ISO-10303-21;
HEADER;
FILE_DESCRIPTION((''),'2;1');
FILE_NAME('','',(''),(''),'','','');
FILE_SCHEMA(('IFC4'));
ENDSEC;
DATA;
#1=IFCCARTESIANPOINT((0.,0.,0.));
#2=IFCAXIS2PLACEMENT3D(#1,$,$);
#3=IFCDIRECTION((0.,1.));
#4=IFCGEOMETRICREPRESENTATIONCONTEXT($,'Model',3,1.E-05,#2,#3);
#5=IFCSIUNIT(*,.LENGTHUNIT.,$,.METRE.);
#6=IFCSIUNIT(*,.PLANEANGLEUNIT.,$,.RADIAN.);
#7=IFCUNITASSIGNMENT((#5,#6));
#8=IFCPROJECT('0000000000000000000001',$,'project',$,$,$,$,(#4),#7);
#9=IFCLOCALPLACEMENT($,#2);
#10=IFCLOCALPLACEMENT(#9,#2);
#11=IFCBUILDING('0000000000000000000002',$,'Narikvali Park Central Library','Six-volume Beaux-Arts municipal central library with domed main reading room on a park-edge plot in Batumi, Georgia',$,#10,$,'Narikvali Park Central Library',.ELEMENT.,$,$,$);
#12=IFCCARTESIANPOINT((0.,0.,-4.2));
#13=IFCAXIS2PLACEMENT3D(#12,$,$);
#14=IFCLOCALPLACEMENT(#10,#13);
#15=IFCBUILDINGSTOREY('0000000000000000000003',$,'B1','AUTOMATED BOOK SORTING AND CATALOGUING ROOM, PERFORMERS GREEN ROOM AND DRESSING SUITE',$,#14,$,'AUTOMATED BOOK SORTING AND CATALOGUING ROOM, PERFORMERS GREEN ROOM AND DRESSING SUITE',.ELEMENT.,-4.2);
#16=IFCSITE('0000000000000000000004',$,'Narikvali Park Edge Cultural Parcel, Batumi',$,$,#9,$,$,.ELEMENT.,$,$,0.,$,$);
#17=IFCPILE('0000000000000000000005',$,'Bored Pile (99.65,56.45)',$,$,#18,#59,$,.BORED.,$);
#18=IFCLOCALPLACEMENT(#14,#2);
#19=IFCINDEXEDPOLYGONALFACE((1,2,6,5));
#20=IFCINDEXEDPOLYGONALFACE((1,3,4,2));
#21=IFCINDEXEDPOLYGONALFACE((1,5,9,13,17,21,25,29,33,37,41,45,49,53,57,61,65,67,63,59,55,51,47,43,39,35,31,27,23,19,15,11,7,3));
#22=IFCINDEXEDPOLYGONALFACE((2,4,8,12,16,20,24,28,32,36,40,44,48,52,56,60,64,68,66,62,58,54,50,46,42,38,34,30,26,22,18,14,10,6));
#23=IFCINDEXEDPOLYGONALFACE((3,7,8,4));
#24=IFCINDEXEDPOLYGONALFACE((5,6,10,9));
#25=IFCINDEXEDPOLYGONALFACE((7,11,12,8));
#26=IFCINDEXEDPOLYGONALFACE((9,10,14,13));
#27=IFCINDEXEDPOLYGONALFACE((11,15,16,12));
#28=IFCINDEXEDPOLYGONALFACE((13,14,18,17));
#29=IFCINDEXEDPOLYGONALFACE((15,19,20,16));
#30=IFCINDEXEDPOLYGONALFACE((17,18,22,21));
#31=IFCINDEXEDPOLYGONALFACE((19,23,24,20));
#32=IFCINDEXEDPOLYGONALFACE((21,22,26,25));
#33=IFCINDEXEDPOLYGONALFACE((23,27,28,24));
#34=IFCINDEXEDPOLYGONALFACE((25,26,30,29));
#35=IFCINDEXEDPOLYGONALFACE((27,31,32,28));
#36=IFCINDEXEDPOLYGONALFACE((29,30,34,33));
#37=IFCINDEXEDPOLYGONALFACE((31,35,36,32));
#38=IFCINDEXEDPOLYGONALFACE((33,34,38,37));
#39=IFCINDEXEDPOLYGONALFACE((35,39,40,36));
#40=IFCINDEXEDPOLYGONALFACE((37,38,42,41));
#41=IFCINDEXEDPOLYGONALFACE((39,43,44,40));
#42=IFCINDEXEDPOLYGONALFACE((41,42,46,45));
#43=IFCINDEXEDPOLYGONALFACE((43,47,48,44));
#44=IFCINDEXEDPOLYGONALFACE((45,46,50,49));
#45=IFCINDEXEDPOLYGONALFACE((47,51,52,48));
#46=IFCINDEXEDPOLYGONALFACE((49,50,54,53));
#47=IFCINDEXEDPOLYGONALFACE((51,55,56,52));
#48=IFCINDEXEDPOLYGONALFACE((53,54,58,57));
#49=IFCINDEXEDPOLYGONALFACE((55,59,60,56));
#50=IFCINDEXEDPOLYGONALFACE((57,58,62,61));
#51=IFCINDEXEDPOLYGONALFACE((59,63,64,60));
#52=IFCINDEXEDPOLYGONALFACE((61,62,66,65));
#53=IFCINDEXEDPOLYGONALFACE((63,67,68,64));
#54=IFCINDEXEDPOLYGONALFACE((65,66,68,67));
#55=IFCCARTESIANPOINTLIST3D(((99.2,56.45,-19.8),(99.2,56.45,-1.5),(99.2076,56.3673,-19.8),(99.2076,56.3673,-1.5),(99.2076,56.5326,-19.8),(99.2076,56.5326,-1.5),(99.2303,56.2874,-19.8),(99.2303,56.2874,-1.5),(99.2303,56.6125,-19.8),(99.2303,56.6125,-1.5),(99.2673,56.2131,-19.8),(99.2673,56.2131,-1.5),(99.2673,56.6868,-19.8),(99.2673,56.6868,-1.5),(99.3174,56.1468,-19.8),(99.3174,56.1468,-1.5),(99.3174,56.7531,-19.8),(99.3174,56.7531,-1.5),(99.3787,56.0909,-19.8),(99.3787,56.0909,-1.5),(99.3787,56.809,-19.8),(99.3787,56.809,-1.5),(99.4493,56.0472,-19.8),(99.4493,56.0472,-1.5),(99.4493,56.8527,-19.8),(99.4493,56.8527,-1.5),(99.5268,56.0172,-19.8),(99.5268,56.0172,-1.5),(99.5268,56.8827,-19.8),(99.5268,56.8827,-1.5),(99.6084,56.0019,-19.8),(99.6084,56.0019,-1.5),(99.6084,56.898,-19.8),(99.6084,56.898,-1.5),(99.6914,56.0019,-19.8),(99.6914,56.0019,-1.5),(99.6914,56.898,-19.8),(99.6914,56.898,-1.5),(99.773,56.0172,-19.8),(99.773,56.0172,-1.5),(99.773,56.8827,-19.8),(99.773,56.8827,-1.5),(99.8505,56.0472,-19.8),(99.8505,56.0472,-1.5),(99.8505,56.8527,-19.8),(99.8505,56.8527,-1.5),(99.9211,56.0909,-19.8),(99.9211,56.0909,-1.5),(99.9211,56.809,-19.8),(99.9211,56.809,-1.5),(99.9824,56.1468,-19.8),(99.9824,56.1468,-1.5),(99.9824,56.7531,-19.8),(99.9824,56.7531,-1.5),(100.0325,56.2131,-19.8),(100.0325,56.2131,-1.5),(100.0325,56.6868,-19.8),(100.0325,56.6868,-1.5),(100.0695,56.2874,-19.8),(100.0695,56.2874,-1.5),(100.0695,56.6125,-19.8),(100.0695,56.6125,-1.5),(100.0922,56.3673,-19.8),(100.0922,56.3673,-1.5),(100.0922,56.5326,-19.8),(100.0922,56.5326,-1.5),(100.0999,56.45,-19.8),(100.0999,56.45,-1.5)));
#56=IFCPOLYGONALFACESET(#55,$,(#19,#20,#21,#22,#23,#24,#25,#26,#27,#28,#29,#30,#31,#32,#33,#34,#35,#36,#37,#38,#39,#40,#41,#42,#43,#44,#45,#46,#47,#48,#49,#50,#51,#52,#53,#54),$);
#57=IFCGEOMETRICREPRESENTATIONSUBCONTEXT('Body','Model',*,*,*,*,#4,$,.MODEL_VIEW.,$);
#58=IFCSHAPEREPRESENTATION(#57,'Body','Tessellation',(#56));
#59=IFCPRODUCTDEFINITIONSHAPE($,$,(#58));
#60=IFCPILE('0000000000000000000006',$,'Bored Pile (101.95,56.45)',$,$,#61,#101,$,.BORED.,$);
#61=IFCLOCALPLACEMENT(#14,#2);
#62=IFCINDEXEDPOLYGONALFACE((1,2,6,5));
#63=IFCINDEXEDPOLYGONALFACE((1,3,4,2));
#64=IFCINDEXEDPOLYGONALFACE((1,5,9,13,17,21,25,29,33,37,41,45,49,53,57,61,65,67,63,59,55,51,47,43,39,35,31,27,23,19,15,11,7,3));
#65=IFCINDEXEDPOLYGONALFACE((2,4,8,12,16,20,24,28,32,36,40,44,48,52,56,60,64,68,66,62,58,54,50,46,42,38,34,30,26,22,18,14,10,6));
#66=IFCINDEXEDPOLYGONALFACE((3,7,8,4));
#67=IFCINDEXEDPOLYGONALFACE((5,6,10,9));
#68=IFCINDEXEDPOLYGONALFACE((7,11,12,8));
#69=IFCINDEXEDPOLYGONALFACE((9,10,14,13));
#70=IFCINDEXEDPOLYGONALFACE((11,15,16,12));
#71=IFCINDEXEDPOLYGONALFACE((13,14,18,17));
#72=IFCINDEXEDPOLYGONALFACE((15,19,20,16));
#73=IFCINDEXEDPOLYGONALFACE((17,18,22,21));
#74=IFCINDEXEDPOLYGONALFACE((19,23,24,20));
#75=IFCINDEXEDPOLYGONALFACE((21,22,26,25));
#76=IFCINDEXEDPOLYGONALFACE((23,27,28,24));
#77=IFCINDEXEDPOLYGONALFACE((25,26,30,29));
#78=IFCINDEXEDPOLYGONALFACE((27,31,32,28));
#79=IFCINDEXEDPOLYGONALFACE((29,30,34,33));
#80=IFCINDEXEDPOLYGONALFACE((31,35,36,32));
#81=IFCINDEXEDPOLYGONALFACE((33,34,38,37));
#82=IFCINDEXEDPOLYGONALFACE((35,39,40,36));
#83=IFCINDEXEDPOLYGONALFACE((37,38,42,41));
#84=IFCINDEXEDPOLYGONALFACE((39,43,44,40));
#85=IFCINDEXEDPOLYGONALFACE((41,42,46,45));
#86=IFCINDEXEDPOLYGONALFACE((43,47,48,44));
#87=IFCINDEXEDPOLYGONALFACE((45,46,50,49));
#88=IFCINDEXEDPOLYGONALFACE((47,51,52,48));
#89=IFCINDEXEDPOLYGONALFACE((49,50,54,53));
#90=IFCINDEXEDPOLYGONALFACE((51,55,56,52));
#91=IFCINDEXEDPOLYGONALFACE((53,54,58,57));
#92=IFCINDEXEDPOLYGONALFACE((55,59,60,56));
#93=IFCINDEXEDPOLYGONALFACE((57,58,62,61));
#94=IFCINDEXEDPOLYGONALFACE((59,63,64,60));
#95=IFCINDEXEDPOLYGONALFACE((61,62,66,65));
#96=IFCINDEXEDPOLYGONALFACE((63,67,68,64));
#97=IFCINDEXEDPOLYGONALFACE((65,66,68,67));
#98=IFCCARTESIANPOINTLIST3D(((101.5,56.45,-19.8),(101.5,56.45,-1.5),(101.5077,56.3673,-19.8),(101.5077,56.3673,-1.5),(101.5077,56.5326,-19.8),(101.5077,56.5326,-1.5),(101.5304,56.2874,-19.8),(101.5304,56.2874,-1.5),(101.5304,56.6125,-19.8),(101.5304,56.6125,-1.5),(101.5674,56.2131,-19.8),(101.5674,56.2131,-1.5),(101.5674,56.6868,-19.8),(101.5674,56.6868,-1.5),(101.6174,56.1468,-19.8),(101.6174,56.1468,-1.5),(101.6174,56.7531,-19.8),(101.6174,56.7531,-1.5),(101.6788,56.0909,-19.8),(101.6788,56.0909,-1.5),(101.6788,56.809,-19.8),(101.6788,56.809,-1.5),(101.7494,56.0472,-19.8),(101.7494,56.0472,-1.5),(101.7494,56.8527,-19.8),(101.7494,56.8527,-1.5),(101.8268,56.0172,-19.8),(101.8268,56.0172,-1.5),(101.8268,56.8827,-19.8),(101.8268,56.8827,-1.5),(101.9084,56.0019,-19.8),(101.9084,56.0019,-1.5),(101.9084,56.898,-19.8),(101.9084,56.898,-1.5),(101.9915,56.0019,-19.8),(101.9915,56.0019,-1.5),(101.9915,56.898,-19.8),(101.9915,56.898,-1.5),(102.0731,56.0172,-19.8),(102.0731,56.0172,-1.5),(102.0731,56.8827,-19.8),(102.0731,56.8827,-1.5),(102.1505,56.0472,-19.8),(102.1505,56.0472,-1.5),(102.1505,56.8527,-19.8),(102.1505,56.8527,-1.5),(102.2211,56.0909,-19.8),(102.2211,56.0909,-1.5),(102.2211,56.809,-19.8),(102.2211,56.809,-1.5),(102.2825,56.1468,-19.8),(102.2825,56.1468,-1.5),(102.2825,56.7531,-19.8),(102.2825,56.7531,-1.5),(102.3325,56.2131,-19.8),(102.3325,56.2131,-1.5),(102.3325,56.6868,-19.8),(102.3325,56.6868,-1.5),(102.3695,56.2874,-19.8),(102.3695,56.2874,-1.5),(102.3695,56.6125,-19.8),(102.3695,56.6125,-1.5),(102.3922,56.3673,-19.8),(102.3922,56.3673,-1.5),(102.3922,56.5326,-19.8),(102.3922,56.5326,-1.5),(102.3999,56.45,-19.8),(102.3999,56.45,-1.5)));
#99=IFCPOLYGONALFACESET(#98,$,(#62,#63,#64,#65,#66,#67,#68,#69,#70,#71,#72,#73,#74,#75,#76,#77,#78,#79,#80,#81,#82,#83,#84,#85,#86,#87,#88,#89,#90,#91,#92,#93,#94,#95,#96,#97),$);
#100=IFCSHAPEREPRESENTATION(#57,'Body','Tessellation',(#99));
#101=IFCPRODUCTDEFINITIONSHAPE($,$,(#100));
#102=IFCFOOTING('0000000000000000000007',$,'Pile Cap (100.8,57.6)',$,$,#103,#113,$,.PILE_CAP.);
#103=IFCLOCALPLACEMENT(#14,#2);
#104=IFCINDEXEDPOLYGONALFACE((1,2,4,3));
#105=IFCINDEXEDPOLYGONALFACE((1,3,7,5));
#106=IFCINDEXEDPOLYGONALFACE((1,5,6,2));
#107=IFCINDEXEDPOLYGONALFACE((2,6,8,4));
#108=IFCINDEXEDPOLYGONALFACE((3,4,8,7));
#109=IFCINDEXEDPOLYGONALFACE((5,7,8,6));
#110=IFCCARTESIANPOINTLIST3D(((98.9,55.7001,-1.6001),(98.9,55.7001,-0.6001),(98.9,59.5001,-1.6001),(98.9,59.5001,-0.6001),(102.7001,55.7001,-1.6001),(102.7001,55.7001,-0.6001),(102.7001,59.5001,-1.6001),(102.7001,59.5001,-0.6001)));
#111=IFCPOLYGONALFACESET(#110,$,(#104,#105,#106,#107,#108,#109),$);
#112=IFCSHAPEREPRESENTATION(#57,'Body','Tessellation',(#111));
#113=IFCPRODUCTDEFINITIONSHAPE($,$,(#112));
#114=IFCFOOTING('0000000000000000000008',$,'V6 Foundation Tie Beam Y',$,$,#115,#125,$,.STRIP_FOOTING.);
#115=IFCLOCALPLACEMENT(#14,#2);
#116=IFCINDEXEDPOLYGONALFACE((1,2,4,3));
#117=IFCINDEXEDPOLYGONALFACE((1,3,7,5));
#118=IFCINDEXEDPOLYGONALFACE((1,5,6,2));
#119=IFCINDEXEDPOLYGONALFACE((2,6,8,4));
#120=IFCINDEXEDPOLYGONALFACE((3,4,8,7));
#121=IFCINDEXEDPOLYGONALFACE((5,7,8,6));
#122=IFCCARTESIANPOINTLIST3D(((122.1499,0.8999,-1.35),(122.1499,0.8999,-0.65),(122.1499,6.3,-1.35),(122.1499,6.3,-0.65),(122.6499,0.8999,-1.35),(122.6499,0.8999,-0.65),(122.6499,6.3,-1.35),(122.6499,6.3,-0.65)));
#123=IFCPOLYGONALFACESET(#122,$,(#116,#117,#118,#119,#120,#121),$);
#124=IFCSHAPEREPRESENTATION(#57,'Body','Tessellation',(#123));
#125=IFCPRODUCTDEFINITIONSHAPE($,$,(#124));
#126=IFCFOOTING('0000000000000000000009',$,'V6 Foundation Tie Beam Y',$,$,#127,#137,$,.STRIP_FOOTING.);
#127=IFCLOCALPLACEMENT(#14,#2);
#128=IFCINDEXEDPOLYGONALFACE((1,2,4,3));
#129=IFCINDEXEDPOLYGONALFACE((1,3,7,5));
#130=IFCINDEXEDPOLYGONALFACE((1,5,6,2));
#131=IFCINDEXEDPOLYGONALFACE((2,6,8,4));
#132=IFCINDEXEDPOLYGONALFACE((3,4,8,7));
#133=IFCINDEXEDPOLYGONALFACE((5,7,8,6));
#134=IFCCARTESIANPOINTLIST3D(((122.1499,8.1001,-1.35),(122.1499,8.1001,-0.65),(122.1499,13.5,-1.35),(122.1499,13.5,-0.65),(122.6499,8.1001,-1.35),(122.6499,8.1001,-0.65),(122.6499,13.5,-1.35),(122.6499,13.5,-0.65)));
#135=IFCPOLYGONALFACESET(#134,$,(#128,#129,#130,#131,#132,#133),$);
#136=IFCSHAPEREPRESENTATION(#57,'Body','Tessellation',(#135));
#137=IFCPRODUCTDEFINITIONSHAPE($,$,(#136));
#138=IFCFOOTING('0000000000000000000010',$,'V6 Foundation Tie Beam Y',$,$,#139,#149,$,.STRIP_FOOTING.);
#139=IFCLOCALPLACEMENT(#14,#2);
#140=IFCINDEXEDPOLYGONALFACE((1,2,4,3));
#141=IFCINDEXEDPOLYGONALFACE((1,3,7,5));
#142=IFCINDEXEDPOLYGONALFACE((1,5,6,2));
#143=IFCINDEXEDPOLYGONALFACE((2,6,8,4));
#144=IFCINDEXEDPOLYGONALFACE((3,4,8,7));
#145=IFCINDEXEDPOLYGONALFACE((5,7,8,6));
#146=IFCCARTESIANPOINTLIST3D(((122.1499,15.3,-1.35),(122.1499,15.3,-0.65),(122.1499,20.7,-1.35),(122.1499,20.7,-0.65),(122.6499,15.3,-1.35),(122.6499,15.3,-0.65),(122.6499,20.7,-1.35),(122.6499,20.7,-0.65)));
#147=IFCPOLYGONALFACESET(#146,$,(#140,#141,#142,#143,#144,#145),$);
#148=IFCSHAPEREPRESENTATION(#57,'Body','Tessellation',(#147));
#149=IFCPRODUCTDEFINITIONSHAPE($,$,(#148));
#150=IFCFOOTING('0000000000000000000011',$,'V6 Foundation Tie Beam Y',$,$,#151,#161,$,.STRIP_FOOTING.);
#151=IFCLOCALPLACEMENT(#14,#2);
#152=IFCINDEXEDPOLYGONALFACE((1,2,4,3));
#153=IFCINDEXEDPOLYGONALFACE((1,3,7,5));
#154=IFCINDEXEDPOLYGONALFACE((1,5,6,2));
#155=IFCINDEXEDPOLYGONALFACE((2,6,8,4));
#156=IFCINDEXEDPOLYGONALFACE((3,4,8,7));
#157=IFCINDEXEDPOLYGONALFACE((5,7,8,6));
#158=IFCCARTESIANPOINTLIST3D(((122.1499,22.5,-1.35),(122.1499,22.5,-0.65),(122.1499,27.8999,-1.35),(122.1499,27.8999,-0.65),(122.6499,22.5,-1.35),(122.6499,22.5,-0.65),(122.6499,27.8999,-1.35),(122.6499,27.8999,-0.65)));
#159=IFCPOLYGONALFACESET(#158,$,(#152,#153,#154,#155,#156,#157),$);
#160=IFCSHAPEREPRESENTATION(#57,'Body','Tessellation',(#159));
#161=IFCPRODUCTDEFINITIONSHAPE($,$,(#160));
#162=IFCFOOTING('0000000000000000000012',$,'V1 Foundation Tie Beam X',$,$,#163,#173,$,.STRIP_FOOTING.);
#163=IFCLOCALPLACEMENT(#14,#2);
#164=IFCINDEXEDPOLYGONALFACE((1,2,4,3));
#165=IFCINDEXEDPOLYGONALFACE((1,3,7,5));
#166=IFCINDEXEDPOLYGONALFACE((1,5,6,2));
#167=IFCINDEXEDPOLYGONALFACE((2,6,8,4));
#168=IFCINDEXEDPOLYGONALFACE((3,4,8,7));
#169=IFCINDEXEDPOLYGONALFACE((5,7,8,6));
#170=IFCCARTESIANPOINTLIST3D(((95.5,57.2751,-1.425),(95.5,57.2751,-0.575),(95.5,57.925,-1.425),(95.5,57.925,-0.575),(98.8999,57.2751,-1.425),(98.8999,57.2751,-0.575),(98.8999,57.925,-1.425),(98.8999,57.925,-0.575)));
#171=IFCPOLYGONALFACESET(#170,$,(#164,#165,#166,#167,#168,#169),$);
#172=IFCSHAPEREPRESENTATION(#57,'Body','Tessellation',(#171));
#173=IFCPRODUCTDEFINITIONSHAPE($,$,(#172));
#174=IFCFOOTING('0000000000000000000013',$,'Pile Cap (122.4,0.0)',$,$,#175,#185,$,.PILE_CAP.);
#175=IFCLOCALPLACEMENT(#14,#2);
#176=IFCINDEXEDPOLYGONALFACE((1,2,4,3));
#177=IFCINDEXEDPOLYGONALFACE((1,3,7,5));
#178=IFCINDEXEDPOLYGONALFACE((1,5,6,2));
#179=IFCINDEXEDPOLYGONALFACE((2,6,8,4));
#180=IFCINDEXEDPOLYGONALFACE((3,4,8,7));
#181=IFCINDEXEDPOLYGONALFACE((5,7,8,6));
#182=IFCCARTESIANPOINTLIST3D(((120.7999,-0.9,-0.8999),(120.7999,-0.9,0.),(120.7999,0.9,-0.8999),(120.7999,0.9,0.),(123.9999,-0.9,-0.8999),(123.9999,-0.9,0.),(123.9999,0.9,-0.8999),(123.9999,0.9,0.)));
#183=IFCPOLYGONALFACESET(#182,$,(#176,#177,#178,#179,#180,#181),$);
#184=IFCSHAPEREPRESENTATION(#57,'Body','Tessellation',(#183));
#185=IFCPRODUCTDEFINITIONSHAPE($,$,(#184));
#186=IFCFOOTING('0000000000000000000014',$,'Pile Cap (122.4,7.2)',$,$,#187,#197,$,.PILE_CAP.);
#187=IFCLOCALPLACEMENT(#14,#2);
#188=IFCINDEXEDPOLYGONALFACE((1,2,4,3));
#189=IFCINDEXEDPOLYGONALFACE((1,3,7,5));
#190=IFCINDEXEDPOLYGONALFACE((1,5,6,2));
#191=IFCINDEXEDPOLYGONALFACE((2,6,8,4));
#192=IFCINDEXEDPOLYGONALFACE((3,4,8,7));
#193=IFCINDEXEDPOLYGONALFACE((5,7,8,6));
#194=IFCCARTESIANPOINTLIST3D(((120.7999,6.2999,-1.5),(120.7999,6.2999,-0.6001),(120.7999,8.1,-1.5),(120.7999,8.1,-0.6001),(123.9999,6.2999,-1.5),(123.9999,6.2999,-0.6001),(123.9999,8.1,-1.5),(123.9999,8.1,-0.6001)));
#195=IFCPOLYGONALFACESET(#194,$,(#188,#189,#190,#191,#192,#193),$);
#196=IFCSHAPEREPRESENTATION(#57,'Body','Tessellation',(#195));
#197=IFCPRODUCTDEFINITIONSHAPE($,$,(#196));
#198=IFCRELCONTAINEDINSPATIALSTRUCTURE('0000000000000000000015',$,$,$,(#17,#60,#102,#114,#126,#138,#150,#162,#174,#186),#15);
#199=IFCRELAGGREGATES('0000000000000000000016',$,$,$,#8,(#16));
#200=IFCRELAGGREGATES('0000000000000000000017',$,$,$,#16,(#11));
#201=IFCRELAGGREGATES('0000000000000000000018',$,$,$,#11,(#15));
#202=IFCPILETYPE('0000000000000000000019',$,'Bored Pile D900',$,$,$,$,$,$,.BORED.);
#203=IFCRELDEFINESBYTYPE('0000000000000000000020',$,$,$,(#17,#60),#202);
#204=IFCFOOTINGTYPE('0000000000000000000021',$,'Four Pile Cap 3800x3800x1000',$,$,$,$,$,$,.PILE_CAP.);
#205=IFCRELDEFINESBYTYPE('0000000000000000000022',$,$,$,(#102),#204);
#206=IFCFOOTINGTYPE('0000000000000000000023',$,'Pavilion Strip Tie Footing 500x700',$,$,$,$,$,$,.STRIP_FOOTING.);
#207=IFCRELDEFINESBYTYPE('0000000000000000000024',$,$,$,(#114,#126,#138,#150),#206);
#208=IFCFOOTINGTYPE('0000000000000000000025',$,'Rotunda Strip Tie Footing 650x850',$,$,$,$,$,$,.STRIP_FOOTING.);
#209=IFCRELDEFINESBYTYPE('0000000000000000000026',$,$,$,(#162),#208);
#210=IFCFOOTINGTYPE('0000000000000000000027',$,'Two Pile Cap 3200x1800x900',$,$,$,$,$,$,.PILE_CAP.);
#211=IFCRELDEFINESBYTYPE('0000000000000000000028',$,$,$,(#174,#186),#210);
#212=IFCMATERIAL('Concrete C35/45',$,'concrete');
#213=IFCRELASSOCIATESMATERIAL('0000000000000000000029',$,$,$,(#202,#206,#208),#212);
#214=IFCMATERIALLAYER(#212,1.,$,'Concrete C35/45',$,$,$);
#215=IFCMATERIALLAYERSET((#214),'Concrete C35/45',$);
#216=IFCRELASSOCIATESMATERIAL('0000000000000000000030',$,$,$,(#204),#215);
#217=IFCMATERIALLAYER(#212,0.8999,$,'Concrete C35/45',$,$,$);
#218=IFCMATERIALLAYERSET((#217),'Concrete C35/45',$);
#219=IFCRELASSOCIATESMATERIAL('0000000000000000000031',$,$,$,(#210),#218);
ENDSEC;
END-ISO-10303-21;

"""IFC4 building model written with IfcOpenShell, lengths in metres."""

from ifc_helpers import new_model, si_unit, direction, frame, origin, origin_2d, place, context, subcontext, project, spatial, rectangle, circle, extrude, material, layer, layer_set, material_profile, profile_set, type_object, element, save


model = new_model("IFC4")

# Units and contexts
model_context = context("Model", 3, precision=1e-05, world=origin(), true_north=direction((0.0, 1.0)))
body_context = subcontext(model_context, "Body", "Model", "MODEL_VIEW")
ifc_project = project(units=[si_unit("LENGTHUNIT", "METRE"), si_unit("PLANEANGLEUNIT", "RADIAN")], contexts=[model_context])

# Site, building, storey
site_placement = place(None, origin())
site = spatial("IfcSite", under=ifc_project, at=site_placement, Name="Narikvali Park Edge Cultural Parcel, Batumi", CompositionType="ELEMENT", RefElevation=0.0)
building_placement = place(site_placement, origin())
building = spatial("IfcBuilding", under=site, at=building_placement, Name="Narikvali Park Central Library", Description="Six-volume Beaux-Arts municipal central library with domed main reading room on a park-edge plot in Batumi, Georgia", LongName="Narikvali Park Central Library", CompositionType="ELEMENT")
storey_placement = place(building_placement, frame((0.0, 0.0, -4.2)))
storey = spatial("IfcBuildingStorey", under=building, at=storey_placement, Name="B1", Description="AUTOMATED BOOK SORTING AND CATALOGUING ROOM, PERFORMERS GREEN ROOM AND DRESSING SUITE", LongName="AUTOMATED BOOK SORTING AND CATALOGUING ROOM, PERFORMERS GREEN ROOM AND DRESSING SUITE", CompositionType="ELEMENT", Elevation=-4.2)

# Piles
ifc_material_1 = material(Name="Concrete C35/45", Category="concrete")
ifc_material_profile_1 = material_profile(ifc_material_1, circle(Radius=0.45, at=origin_2d()), Name="PILE D900")
ifc_profile_set_1 = profile_set([ifc_material_profile_1], Name="Concrete C35/45")
pile_type_1 = type_object("IfcPileType", Name="Bored Pile D900", PredefinedType="BORED", material=ifc_profile_set_1)
for number, where, z_axis, x_axis, name in (
    (1, (99.6499, 56.45, -1.5), (0.0, 0.0, -1.0), (1.0, 0.0, 0.0), "Bored Pile (99.65,56.45)"),
    (2, (101.95, 56.45, -1.5), (0.0, 0.0, -1.0), (1.0, 0.0, 0.0), "Bored Pile (101.95,56.45)"),
):
    element("IfcPile", number, at=place(storey_placement, frame(where, z_axis=z_axis, x_axis=x_axis)), inside=storey, type_object=pile_type_1, Name=name, PredefinedType="BORED", context=body_context, shape_type="SweptSolid", body=[
        extrude(circle(Radius=0.45, at=origin_2d()), origin(), (0.0, 0.0, 1.0), 18.3),
    ])

# Footings
ifc_layer_1 = layer(ifc_material_1, 1.0, Name="Concrete C35/45")
ifc_layer_set_1 = layer_set([ifc_layer_1], Name="Concrete C35/45")
footing_type_1 = type_object("IfcFootingType", Name="Four Pile Cap 3800x3800x1000", PredefinedType="PILE_CAP", material=ifc_layer_set_1)
footing_1_placement = place(storey_placement, frame((100.8, 57.6001, -1.6001), z_axis=(0.0, 0.0, 1.0), x_axis=(1.0, 0.0, 0.0)))
element("IfcFooting", 3, at=footing_1_placement, inside=storey, type_object=footing_type_1, Name="Pile Cap (100.8,57.6)", PredefinedType="PILE_CAP", context=body_context, shape_type="SweptSolid", body=[
    extrude(rectangle(XDim=3.8, YDim=3.8, at=origin_2d()), origin(), (0.0, 0.0, 1.0), 1.0),
])
ifc_material_profile_2 = material_profile(ifc_material_1, rectangle(XDim=0.5, YDim=0.7, at=origin_2d()), Name="RC GB 500x700")
ifc_profile_set_2 = profile_set([ifc_material_profile_2], Name="Concrete C35/45")
footing_type_2 = type_object("IfcFootingType", Name="Pavilion Strip Tie Footing 500x700", PredefinedType="STRIP_FOOTING", material=ifc_profile_set_2)
footing_2_placement = place(storey_placement, frame((122.3999, 0.8999, -1.0), z_axis=(0.0, 1.0, 0.0), x_axis=(-1.0, 0.0, 0.0)))
element("IfcFooting", 4, at=footing_2_placement, inside=storey, type_object=footing_type_2, Name="V6 Foundation Tie Beam Y", PredefinedType="STRIP_FOOTING", context=body_context, shape_type="SweptSolid", body=[
    extrude(rectangle(XDim=0.5, YDim=0.7, at=origin_2d()), origin(), (0.0, 0.0, 1.0), 5.4001),
])
for number, where, z_axis, x_axis, name in (
    (5, (122.3999, 8.1001, -1.0), (0.0, 1.0, 0.0), (-1.0, 0.0, 0.0), "V6 Foundation Tie Beam Y"),
    (6, (122.3999, 15.3, -1.0), (0.0, 1.0, 0.0), (-1.0, 0.0, 0.0), "V6 Foundation Tie Beam Y"),
    (7, (122.3999, 22.5, -1.0), (0.0, 1.0, 0.0), (-1.0, 0.0, 0.0), "V6 Foundation Tie Beam Y"),
):
    element("IfcFooting", number, at=place(storey_placement, frame(where, z_axis=z_axis, x_axis=x_axis)), inside=storey, type_object=footing_type_2, Name=name, PredefinedType="STRIP_FOOTING", context=body_context, shape_type="SweptSolid", body=[
        extrude(rectangle(XDim=0.5, YDim=0.7, at=origin_2d()), origin(), (0.0, 0.0, 1.0), 5.3999),
    ])
ifc_material_profile_3 = material_profile(ifc_material_1, rectangle(XDim=0.6499, YDim=0.8501, at=origin_2d()), Name="RC GB 650x850")
ifc_profile_set_3 = profile_set([ifc_material_profile_3], Name="Concrete C35/45")
footing_type_3 = type_object("IfcFootingType", Name="Rotunda Strip Tie Footing 650x850", PredefinedType="STRIP_FOOTING", material=ifc_profile_set_3)
footing_3_placement = place(storey_placement, frame((95.5, 57.6001, -1.0), z_axis=(1.0, 0.0, 0.0), x_axis=(0.0, 1.0, 0.0)))
element("IfcFooting", 8, at=footing_3_placement, inside=storey, type_object=footing_type_3, Name="V1 Foundation Tie Beam X", PredefinedType="STRIP_FOOTING", context=body_context, shape_type="SweptSolid", body=[
    extrude(rectangle(XDim=0.6499, YDim=0.8501, at=origin_2d()), origin(), (0.0, 0.0, 1.0), 3.3999),
])
ifc_layer_2 = layer(ifc_material_1, 0.8999, Name="Concrete C35/45")
ifc_layer_set_2 = layer_set([ifc_layer_2], Name="Concrete C35/45")
footing_type_4 = type_object("IfcFootingType", Name="Two Pile Cap 3200x1800x900", PredefinedType="PILE_CAP", material=ifc_layer_set_2)
for number, where, z_axis, x_axis, name in (
    (9, (122.3999, 0.0, -0.8999), (0.0, 0.0, 1.0), (1.0, 0.0, 0.0), "Pile Cap (122.4,0.0)"),
    (10, (122.3999, 7.2, -1.5), (0.0, 0.0, 1.0), (1.0, 0.0, 0.0), "Pile Cap (122.4,7.2)"),
):
    element("IfcFooting", number, at=place(storey_placement, frame(where, z_axis=z_axis, x_axis=x_axis)), inside=storey, type_object=footing_type_4, Name=name, PredefinedType="PILE_CAP", context=body_context, shape_type="SweptSolid", body=[
        extrude(rectangle(XDim=3.2, YDim=1.8, at=origin_2d()), origin(), (0.0, 0.0, 1.0), 0.8999),
    ])

save(model, "model.ifc")
